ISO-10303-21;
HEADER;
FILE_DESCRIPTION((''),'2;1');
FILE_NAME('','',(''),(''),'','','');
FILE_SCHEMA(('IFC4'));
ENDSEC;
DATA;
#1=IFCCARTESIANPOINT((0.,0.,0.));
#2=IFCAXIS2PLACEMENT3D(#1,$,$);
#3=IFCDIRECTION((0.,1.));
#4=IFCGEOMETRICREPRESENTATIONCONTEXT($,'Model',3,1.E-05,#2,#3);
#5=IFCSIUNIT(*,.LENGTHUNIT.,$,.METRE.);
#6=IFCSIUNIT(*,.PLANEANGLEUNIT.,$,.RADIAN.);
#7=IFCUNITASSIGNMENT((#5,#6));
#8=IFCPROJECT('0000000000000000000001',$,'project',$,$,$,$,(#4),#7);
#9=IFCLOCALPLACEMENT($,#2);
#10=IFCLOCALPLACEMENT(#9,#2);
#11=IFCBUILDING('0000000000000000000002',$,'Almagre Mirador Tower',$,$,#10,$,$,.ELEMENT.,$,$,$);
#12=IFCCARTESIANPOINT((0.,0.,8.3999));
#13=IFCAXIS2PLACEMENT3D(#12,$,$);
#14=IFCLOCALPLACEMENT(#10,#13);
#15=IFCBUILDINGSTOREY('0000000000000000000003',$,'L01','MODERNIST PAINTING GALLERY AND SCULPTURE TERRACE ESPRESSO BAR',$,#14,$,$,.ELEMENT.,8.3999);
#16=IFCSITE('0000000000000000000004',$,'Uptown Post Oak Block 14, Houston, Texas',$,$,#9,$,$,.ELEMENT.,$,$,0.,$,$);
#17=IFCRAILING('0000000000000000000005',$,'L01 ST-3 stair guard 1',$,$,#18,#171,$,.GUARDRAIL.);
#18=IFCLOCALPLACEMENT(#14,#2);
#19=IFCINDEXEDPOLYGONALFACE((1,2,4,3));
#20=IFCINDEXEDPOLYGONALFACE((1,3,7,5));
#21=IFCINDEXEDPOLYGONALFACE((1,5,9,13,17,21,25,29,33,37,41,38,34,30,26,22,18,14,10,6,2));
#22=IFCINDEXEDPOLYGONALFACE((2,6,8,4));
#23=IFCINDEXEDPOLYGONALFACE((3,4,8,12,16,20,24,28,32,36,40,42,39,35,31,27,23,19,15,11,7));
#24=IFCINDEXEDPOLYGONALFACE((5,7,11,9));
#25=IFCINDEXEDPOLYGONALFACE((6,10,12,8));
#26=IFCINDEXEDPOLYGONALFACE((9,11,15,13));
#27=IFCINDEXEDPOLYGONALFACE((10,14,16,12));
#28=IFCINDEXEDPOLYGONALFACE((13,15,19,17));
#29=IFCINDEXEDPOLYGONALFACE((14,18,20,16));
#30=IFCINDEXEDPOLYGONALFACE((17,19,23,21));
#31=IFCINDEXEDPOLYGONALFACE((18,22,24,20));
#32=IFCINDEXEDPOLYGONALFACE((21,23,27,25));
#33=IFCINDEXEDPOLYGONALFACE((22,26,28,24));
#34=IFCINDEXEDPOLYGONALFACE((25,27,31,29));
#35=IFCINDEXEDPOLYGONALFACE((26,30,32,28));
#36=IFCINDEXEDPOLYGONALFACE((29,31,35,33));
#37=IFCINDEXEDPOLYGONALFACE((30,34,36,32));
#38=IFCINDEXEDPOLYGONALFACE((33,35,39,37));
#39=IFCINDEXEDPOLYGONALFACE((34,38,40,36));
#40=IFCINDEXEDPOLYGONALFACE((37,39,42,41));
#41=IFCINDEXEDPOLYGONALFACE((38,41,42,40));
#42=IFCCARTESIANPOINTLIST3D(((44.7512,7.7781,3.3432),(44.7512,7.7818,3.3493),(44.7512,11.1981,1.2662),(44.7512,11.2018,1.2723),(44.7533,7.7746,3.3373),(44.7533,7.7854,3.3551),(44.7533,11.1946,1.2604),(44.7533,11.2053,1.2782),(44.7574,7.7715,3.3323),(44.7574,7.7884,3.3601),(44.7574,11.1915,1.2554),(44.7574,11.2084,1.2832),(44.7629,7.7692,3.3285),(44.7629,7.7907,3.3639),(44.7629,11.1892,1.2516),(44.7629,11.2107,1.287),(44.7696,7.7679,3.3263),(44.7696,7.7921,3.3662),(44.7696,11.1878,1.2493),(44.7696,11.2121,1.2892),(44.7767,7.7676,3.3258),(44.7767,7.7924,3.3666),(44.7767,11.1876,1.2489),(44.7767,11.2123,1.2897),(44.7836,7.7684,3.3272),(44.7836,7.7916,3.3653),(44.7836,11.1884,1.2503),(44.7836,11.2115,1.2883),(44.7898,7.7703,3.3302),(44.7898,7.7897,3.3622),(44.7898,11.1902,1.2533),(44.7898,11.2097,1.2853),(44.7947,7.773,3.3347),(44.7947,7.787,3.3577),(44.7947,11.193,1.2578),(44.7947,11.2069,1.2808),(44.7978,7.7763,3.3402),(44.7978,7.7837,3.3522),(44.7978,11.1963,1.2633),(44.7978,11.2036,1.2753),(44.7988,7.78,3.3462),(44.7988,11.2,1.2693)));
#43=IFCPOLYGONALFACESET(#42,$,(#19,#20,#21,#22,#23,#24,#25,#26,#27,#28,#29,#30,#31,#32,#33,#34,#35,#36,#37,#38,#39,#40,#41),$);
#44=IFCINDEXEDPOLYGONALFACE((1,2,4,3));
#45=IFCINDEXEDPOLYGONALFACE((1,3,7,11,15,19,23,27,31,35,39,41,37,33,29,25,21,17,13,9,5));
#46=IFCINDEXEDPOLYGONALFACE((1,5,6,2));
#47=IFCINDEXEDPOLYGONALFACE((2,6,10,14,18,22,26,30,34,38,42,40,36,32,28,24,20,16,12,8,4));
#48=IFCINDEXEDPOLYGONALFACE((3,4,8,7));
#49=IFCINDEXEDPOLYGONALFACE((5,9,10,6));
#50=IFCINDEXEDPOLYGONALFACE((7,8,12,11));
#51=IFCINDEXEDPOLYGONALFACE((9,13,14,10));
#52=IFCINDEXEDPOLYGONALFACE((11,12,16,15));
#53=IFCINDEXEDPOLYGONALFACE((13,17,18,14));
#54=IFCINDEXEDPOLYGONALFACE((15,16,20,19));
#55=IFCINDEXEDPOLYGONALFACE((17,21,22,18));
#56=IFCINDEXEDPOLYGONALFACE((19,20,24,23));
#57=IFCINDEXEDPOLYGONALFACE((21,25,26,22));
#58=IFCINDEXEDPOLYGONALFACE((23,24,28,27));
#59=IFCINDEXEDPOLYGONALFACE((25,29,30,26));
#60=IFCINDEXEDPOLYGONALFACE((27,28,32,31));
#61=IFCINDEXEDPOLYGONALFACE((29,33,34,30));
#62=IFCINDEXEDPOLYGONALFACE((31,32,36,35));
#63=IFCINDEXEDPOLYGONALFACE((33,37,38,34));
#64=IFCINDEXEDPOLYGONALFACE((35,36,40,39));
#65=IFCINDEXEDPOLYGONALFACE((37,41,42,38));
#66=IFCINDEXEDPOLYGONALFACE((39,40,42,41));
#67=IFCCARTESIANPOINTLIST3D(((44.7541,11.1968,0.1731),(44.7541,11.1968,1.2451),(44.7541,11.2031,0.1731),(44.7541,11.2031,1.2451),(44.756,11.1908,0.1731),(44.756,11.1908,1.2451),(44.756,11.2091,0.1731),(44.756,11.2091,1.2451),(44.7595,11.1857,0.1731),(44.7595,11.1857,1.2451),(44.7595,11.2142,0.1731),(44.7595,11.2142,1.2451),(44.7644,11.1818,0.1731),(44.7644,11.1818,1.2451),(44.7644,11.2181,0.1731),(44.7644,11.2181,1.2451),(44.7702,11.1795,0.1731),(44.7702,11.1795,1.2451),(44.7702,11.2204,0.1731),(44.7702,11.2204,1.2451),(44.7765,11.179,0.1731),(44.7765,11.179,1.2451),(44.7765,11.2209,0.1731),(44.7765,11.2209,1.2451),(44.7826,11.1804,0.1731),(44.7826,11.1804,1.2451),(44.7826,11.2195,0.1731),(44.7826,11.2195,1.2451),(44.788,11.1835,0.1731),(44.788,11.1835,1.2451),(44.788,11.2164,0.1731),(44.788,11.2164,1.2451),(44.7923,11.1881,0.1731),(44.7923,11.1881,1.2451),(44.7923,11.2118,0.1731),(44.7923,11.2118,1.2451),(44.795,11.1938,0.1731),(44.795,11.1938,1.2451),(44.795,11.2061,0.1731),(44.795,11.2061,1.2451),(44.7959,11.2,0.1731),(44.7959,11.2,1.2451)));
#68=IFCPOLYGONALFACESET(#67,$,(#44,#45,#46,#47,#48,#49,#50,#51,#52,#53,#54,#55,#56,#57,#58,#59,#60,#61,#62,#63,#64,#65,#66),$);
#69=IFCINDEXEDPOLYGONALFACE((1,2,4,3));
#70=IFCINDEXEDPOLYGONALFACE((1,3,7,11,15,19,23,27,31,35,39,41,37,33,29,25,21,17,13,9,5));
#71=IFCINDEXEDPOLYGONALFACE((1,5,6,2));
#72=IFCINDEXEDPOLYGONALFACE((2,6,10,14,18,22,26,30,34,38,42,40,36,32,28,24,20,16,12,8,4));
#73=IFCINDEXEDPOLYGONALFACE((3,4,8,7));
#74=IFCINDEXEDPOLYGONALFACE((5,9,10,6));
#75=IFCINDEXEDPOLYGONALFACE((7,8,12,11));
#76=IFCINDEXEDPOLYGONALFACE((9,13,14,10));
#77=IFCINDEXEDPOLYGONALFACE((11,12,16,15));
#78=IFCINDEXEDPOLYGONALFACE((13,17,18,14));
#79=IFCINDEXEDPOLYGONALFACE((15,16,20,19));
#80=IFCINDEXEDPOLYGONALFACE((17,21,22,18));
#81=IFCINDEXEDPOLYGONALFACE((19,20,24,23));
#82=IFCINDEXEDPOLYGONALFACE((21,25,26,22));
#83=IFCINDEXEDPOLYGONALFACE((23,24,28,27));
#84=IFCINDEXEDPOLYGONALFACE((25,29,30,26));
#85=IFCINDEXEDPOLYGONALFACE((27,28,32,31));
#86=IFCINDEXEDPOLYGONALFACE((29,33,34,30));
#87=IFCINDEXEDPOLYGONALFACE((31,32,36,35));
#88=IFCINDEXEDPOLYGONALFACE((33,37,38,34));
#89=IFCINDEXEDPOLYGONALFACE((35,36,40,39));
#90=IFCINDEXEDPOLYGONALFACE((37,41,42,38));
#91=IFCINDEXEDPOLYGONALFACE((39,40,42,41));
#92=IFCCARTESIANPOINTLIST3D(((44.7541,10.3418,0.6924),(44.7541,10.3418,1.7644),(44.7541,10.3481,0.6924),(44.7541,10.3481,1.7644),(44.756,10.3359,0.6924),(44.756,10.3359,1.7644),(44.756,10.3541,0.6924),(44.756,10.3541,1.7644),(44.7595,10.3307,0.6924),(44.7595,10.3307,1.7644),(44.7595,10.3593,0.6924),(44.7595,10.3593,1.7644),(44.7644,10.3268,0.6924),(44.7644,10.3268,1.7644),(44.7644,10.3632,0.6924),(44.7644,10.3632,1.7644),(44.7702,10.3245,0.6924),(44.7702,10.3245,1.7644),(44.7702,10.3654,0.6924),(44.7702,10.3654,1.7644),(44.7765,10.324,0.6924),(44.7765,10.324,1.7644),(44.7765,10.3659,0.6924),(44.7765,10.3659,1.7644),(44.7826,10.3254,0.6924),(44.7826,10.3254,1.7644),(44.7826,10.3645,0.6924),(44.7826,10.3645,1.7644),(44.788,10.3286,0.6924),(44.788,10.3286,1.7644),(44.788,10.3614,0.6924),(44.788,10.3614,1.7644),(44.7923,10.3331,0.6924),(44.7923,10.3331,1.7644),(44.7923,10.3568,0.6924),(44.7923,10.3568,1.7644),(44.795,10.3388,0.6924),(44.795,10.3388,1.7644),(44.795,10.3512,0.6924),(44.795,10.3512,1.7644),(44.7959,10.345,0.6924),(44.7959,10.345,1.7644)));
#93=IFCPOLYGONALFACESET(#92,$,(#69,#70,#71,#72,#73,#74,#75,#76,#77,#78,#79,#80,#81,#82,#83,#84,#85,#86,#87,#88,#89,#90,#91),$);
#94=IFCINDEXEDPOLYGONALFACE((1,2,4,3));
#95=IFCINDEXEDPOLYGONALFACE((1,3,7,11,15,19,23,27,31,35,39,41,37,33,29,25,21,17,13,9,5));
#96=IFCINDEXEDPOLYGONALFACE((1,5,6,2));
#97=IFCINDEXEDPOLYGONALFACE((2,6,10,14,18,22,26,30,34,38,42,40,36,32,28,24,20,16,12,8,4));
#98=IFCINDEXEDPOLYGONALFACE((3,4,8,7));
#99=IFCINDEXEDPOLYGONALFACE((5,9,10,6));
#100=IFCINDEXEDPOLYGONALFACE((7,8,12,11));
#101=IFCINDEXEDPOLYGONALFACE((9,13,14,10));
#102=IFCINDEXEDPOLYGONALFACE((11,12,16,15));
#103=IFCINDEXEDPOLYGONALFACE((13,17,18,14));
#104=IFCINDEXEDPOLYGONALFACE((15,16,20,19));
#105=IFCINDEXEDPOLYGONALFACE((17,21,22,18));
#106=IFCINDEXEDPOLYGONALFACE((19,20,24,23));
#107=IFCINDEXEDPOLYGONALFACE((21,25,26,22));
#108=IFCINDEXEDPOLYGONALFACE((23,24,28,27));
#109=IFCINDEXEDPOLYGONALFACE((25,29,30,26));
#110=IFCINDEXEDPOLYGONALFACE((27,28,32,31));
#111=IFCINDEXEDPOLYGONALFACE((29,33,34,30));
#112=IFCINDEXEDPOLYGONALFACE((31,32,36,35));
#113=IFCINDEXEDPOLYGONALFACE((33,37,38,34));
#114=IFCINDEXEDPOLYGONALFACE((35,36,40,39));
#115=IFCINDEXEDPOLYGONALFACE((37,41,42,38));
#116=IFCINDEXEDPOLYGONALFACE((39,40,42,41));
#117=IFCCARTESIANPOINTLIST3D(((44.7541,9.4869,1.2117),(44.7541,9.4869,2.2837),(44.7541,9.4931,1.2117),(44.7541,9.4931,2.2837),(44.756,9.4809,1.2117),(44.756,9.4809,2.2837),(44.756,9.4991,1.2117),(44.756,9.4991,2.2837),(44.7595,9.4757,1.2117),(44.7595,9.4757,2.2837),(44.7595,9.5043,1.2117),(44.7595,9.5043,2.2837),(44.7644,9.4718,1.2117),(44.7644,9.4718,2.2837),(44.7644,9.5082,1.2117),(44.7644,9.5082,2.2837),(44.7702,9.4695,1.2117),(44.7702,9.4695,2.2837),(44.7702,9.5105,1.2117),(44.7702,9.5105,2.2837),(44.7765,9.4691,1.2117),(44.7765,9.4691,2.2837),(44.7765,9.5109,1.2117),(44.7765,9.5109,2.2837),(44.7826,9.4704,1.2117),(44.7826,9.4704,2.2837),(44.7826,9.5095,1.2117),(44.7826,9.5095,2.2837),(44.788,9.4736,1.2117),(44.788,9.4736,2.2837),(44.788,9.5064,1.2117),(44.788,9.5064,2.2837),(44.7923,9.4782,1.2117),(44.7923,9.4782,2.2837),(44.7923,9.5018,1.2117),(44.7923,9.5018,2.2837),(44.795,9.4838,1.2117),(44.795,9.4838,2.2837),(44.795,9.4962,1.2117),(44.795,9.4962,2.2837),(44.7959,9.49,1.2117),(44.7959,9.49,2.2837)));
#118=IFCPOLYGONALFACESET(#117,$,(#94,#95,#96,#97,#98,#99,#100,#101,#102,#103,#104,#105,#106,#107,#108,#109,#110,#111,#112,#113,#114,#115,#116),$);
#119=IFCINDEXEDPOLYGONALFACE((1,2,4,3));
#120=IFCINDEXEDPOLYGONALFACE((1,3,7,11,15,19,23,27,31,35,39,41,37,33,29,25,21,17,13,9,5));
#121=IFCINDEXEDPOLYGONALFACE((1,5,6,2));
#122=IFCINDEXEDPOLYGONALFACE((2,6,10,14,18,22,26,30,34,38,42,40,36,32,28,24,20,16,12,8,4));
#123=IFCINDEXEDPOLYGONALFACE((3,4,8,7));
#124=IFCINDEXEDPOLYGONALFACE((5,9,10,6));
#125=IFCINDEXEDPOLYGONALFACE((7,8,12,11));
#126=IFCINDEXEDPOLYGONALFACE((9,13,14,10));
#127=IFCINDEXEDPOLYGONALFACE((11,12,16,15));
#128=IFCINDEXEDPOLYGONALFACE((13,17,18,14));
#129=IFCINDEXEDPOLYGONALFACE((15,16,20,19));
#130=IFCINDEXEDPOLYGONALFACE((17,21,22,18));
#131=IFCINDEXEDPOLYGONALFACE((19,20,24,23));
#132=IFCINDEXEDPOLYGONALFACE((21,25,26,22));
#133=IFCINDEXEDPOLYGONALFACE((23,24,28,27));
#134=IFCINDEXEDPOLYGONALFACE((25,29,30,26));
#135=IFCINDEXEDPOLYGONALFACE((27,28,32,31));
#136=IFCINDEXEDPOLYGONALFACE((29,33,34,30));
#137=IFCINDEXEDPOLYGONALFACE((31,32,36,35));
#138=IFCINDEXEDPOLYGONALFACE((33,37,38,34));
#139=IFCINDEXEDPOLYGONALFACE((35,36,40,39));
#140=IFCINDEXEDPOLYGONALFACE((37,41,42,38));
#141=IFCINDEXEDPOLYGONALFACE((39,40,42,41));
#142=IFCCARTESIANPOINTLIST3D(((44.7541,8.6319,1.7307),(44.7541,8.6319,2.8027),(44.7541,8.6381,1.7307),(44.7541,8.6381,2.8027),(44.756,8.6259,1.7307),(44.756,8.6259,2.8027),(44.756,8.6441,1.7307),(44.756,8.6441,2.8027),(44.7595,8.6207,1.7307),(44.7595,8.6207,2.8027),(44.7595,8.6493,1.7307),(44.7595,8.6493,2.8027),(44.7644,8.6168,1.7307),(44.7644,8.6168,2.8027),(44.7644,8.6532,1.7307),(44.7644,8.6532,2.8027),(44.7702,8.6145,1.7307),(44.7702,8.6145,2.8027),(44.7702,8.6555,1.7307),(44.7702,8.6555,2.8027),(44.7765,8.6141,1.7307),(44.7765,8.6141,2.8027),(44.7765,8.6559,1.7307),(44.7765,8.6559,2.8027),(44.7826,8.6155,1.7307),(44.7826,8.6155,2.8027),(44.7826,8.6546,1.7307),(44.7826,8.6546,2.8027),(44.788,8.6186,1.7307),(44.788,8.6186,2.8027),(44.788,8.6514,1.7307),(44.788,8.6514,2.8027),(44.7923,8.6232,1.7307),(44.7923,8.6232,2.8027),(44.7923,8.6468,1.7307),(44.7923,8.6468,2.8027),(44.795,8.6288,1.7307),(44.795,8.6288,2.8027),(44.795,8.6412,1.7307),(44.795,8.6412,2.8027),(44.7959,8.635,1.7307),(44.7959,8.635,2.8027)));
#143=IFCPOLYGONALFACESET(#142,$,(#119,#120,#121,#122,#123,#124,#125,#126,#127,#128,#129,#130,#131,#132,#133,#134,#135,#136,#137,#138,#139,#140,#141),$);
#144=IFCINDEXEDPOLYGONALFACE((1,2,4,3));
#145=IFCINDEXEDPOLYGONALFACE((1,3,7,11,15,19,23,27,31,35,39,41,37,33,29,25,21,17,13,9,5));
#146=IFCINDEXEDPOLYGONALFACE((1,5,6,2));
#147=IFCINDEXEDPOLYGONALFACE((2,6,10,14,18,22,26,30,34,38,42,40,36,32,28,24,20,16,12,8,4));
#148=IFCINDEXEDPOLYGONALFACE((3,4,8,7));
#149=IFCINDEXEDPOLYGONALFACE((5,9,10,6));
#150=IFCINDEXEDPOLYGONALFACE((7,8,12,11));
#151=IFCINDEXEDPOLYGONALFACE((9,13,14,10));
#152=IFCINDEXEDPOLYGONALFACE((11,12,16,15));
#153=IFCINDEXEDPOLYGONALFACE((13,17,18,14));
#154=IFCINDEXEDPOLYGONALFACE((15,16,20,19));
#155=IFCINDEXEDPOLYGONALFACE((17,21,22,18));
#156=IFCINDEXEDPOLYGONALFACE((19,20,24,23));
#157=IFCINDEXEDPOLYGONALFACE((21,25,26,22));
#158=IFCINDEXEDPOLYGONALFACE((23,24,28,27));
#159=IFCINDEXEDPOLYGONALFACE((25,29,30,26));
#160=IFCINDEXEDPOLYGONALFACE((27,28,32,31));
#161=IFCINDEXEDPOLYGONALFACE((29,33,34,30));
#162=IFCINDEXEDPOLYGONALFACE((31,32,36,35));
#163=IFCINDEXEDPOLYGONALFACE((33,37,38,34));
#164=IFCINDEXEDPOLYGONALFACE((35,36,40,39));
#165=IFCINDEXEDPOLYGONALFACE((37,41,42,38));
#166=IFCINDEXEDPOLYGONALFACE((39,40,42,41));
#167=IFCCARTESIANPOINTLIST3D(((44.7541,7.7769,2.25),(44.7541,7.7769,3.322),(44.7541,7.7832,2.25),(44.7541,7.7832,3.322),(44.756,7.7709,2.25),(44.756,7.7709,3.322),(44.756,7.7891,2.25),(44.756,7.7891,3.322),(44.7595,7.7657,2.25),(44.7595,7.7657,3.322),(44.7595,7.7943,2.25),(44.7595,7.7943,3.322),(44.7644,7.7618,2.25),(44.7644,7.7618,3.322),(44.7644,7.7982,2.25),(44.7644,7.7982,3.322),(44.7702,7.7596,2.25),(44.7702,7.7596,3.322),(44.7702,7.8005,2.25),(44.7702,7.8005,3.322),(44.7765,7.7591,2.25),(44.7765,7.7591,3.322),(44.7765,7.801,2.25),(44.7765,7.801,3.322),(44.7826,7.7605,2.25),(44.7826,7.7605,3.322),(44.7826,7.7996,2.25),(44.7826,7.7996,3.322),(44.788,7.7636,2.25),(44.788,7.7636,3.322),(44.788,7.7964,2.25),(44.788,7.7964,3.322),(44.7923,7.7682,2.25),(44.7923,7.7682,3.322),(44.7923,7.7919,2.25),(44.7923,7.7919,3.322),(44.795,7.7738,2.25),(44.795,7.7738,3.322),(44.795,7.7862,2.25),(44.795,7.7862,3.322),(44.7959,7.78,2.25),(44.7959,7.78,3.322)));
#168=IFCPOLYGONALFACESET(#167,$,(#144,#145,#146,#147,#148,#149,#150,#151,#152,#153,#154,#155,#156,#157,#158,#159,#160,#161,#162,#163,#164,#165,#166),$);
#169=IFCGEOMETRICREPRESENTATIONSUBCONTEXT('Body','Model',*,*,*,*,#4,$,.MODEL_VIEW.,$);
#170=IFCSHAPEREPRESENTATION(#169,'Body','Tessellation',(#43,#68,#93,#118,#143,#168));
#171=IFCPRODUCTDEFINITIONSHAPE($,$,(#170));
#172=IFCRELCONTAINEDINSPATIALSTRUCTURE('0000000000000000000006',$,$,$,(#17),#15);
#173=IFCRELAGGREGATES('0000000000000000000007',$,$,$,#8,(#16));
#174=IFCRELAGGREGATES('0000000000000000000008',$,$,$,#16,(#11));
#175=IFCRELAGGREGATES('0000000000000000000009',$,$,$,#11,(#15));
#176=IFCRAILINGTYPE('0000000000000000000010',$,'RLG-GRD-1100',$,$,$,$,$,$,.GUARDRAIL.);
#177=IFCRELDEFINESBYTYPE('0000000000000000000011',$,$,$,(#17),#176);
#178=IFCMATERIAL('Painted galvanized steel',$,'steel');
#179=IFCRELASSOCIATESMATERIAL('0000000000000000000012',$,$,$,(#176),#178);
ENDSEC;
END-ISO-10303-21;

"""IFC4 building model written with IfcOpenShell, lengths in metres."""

from ifc_helpers import new_model, si_unit, direction, frame, origin, origin_2d, place, context, subcontext, project, spatial, circle, extrude, material, type_object, element, save


model = new_model("IFC4")

# Units and contexts
model_context = context("Model", 3, precision=1e-05, world=origin(), true_north=direction((0.0, 1.0)))
body_context = subcontext(model_context, "Body", "Model", "MODEL_VIEW")
ifc_project = project(units=[si_unit("LENGTHUNIT", "METRE"), si_unit("PLANEANGLEUNIT", "RADIAN")], contexts=[model_context])

# Site, building, storey
site_placement = place(None, origin())
site = spatial("IfcSite", under=ifc_project, at=site_placement, Name="Uptown Post Oak Block 14, Houston, Texas", CompositionType="ELEMENT", RefElevation=0.0)
building_placement = place(site_placement, origin())
building = spatial("IfcBuilding", under=site, at=building_placement, Name="Almagre Mirador Tower", CompositionType="ELEMENT")
storey_placement = place(building_placement, frame((0.0, 0.0, 8.3999)))
storey = spatial("IfcBuildingStorey", under=building, at=storey_placement, Name="L01", Description="MODERNIST PAINTING GALLERY AND SCULPTURE TERRACE ESPRESSO BAR", CompositionType="ELEMENT", Elevation=8.3999)

# Railing
ifc_material_1 = material(Name="Painted galvanized steel", Category="steel")
railing_type_1 = type_object("IfcRailingType", Name="RLG-GRD-1100", PredefinedType="GUARDRAIL", material=ifc_material_1)
railing_1_placement = place(storey_placement, frame((44.7749, 11.2, 0.1731)))
element("IfcRailing", 1, at=railing_1_placement, inside=storey, type_object=railing_type_1, Name="L01 ST-3 stair guard 1", PredefinedType="GUARDRAIL", context=body_context, shape_type="SweptSolid", body=[
    extrude(circle(Radius=0.0239, at=origin_2d()), frame((0.0, 0.0, 1.0962), z_axis=(0.0, -0.85473, 0.519074), x_axis=(1.0, 0.0, 0.0)), (0.0, 0.0, 1.0), 4.0012),
    extrude(circle(Radius=0.021, at=origin_2d()), origin(), (0.0, 0.0, 1.0), 1.072),
    extrude(circle(Radius=0.021, at=origin_2d()), frame((0.0, -0.855, 0.5193)), (0.0, 0.0, 1.0), 1.072),
    extrude(circle(Radius=0.021, at=origin_2d()), frame((0.0, -1.71, 1.0386)), (0.0, 0.0, 1.0), 1.072),
    extrude(circle(Radius=0.021, at=origin_2d()), frame((0.0, -2.5649, 1.5576)), (0.0, 0.0, 1.0), 1.072),
    extrude(circle(Radius=0.021, at=origin_2d()), frame((0.0, -3.4199, 2.0769)), (0.0, 0.0, 1.0), 1.072),
])

save(model, "model.ifc")
